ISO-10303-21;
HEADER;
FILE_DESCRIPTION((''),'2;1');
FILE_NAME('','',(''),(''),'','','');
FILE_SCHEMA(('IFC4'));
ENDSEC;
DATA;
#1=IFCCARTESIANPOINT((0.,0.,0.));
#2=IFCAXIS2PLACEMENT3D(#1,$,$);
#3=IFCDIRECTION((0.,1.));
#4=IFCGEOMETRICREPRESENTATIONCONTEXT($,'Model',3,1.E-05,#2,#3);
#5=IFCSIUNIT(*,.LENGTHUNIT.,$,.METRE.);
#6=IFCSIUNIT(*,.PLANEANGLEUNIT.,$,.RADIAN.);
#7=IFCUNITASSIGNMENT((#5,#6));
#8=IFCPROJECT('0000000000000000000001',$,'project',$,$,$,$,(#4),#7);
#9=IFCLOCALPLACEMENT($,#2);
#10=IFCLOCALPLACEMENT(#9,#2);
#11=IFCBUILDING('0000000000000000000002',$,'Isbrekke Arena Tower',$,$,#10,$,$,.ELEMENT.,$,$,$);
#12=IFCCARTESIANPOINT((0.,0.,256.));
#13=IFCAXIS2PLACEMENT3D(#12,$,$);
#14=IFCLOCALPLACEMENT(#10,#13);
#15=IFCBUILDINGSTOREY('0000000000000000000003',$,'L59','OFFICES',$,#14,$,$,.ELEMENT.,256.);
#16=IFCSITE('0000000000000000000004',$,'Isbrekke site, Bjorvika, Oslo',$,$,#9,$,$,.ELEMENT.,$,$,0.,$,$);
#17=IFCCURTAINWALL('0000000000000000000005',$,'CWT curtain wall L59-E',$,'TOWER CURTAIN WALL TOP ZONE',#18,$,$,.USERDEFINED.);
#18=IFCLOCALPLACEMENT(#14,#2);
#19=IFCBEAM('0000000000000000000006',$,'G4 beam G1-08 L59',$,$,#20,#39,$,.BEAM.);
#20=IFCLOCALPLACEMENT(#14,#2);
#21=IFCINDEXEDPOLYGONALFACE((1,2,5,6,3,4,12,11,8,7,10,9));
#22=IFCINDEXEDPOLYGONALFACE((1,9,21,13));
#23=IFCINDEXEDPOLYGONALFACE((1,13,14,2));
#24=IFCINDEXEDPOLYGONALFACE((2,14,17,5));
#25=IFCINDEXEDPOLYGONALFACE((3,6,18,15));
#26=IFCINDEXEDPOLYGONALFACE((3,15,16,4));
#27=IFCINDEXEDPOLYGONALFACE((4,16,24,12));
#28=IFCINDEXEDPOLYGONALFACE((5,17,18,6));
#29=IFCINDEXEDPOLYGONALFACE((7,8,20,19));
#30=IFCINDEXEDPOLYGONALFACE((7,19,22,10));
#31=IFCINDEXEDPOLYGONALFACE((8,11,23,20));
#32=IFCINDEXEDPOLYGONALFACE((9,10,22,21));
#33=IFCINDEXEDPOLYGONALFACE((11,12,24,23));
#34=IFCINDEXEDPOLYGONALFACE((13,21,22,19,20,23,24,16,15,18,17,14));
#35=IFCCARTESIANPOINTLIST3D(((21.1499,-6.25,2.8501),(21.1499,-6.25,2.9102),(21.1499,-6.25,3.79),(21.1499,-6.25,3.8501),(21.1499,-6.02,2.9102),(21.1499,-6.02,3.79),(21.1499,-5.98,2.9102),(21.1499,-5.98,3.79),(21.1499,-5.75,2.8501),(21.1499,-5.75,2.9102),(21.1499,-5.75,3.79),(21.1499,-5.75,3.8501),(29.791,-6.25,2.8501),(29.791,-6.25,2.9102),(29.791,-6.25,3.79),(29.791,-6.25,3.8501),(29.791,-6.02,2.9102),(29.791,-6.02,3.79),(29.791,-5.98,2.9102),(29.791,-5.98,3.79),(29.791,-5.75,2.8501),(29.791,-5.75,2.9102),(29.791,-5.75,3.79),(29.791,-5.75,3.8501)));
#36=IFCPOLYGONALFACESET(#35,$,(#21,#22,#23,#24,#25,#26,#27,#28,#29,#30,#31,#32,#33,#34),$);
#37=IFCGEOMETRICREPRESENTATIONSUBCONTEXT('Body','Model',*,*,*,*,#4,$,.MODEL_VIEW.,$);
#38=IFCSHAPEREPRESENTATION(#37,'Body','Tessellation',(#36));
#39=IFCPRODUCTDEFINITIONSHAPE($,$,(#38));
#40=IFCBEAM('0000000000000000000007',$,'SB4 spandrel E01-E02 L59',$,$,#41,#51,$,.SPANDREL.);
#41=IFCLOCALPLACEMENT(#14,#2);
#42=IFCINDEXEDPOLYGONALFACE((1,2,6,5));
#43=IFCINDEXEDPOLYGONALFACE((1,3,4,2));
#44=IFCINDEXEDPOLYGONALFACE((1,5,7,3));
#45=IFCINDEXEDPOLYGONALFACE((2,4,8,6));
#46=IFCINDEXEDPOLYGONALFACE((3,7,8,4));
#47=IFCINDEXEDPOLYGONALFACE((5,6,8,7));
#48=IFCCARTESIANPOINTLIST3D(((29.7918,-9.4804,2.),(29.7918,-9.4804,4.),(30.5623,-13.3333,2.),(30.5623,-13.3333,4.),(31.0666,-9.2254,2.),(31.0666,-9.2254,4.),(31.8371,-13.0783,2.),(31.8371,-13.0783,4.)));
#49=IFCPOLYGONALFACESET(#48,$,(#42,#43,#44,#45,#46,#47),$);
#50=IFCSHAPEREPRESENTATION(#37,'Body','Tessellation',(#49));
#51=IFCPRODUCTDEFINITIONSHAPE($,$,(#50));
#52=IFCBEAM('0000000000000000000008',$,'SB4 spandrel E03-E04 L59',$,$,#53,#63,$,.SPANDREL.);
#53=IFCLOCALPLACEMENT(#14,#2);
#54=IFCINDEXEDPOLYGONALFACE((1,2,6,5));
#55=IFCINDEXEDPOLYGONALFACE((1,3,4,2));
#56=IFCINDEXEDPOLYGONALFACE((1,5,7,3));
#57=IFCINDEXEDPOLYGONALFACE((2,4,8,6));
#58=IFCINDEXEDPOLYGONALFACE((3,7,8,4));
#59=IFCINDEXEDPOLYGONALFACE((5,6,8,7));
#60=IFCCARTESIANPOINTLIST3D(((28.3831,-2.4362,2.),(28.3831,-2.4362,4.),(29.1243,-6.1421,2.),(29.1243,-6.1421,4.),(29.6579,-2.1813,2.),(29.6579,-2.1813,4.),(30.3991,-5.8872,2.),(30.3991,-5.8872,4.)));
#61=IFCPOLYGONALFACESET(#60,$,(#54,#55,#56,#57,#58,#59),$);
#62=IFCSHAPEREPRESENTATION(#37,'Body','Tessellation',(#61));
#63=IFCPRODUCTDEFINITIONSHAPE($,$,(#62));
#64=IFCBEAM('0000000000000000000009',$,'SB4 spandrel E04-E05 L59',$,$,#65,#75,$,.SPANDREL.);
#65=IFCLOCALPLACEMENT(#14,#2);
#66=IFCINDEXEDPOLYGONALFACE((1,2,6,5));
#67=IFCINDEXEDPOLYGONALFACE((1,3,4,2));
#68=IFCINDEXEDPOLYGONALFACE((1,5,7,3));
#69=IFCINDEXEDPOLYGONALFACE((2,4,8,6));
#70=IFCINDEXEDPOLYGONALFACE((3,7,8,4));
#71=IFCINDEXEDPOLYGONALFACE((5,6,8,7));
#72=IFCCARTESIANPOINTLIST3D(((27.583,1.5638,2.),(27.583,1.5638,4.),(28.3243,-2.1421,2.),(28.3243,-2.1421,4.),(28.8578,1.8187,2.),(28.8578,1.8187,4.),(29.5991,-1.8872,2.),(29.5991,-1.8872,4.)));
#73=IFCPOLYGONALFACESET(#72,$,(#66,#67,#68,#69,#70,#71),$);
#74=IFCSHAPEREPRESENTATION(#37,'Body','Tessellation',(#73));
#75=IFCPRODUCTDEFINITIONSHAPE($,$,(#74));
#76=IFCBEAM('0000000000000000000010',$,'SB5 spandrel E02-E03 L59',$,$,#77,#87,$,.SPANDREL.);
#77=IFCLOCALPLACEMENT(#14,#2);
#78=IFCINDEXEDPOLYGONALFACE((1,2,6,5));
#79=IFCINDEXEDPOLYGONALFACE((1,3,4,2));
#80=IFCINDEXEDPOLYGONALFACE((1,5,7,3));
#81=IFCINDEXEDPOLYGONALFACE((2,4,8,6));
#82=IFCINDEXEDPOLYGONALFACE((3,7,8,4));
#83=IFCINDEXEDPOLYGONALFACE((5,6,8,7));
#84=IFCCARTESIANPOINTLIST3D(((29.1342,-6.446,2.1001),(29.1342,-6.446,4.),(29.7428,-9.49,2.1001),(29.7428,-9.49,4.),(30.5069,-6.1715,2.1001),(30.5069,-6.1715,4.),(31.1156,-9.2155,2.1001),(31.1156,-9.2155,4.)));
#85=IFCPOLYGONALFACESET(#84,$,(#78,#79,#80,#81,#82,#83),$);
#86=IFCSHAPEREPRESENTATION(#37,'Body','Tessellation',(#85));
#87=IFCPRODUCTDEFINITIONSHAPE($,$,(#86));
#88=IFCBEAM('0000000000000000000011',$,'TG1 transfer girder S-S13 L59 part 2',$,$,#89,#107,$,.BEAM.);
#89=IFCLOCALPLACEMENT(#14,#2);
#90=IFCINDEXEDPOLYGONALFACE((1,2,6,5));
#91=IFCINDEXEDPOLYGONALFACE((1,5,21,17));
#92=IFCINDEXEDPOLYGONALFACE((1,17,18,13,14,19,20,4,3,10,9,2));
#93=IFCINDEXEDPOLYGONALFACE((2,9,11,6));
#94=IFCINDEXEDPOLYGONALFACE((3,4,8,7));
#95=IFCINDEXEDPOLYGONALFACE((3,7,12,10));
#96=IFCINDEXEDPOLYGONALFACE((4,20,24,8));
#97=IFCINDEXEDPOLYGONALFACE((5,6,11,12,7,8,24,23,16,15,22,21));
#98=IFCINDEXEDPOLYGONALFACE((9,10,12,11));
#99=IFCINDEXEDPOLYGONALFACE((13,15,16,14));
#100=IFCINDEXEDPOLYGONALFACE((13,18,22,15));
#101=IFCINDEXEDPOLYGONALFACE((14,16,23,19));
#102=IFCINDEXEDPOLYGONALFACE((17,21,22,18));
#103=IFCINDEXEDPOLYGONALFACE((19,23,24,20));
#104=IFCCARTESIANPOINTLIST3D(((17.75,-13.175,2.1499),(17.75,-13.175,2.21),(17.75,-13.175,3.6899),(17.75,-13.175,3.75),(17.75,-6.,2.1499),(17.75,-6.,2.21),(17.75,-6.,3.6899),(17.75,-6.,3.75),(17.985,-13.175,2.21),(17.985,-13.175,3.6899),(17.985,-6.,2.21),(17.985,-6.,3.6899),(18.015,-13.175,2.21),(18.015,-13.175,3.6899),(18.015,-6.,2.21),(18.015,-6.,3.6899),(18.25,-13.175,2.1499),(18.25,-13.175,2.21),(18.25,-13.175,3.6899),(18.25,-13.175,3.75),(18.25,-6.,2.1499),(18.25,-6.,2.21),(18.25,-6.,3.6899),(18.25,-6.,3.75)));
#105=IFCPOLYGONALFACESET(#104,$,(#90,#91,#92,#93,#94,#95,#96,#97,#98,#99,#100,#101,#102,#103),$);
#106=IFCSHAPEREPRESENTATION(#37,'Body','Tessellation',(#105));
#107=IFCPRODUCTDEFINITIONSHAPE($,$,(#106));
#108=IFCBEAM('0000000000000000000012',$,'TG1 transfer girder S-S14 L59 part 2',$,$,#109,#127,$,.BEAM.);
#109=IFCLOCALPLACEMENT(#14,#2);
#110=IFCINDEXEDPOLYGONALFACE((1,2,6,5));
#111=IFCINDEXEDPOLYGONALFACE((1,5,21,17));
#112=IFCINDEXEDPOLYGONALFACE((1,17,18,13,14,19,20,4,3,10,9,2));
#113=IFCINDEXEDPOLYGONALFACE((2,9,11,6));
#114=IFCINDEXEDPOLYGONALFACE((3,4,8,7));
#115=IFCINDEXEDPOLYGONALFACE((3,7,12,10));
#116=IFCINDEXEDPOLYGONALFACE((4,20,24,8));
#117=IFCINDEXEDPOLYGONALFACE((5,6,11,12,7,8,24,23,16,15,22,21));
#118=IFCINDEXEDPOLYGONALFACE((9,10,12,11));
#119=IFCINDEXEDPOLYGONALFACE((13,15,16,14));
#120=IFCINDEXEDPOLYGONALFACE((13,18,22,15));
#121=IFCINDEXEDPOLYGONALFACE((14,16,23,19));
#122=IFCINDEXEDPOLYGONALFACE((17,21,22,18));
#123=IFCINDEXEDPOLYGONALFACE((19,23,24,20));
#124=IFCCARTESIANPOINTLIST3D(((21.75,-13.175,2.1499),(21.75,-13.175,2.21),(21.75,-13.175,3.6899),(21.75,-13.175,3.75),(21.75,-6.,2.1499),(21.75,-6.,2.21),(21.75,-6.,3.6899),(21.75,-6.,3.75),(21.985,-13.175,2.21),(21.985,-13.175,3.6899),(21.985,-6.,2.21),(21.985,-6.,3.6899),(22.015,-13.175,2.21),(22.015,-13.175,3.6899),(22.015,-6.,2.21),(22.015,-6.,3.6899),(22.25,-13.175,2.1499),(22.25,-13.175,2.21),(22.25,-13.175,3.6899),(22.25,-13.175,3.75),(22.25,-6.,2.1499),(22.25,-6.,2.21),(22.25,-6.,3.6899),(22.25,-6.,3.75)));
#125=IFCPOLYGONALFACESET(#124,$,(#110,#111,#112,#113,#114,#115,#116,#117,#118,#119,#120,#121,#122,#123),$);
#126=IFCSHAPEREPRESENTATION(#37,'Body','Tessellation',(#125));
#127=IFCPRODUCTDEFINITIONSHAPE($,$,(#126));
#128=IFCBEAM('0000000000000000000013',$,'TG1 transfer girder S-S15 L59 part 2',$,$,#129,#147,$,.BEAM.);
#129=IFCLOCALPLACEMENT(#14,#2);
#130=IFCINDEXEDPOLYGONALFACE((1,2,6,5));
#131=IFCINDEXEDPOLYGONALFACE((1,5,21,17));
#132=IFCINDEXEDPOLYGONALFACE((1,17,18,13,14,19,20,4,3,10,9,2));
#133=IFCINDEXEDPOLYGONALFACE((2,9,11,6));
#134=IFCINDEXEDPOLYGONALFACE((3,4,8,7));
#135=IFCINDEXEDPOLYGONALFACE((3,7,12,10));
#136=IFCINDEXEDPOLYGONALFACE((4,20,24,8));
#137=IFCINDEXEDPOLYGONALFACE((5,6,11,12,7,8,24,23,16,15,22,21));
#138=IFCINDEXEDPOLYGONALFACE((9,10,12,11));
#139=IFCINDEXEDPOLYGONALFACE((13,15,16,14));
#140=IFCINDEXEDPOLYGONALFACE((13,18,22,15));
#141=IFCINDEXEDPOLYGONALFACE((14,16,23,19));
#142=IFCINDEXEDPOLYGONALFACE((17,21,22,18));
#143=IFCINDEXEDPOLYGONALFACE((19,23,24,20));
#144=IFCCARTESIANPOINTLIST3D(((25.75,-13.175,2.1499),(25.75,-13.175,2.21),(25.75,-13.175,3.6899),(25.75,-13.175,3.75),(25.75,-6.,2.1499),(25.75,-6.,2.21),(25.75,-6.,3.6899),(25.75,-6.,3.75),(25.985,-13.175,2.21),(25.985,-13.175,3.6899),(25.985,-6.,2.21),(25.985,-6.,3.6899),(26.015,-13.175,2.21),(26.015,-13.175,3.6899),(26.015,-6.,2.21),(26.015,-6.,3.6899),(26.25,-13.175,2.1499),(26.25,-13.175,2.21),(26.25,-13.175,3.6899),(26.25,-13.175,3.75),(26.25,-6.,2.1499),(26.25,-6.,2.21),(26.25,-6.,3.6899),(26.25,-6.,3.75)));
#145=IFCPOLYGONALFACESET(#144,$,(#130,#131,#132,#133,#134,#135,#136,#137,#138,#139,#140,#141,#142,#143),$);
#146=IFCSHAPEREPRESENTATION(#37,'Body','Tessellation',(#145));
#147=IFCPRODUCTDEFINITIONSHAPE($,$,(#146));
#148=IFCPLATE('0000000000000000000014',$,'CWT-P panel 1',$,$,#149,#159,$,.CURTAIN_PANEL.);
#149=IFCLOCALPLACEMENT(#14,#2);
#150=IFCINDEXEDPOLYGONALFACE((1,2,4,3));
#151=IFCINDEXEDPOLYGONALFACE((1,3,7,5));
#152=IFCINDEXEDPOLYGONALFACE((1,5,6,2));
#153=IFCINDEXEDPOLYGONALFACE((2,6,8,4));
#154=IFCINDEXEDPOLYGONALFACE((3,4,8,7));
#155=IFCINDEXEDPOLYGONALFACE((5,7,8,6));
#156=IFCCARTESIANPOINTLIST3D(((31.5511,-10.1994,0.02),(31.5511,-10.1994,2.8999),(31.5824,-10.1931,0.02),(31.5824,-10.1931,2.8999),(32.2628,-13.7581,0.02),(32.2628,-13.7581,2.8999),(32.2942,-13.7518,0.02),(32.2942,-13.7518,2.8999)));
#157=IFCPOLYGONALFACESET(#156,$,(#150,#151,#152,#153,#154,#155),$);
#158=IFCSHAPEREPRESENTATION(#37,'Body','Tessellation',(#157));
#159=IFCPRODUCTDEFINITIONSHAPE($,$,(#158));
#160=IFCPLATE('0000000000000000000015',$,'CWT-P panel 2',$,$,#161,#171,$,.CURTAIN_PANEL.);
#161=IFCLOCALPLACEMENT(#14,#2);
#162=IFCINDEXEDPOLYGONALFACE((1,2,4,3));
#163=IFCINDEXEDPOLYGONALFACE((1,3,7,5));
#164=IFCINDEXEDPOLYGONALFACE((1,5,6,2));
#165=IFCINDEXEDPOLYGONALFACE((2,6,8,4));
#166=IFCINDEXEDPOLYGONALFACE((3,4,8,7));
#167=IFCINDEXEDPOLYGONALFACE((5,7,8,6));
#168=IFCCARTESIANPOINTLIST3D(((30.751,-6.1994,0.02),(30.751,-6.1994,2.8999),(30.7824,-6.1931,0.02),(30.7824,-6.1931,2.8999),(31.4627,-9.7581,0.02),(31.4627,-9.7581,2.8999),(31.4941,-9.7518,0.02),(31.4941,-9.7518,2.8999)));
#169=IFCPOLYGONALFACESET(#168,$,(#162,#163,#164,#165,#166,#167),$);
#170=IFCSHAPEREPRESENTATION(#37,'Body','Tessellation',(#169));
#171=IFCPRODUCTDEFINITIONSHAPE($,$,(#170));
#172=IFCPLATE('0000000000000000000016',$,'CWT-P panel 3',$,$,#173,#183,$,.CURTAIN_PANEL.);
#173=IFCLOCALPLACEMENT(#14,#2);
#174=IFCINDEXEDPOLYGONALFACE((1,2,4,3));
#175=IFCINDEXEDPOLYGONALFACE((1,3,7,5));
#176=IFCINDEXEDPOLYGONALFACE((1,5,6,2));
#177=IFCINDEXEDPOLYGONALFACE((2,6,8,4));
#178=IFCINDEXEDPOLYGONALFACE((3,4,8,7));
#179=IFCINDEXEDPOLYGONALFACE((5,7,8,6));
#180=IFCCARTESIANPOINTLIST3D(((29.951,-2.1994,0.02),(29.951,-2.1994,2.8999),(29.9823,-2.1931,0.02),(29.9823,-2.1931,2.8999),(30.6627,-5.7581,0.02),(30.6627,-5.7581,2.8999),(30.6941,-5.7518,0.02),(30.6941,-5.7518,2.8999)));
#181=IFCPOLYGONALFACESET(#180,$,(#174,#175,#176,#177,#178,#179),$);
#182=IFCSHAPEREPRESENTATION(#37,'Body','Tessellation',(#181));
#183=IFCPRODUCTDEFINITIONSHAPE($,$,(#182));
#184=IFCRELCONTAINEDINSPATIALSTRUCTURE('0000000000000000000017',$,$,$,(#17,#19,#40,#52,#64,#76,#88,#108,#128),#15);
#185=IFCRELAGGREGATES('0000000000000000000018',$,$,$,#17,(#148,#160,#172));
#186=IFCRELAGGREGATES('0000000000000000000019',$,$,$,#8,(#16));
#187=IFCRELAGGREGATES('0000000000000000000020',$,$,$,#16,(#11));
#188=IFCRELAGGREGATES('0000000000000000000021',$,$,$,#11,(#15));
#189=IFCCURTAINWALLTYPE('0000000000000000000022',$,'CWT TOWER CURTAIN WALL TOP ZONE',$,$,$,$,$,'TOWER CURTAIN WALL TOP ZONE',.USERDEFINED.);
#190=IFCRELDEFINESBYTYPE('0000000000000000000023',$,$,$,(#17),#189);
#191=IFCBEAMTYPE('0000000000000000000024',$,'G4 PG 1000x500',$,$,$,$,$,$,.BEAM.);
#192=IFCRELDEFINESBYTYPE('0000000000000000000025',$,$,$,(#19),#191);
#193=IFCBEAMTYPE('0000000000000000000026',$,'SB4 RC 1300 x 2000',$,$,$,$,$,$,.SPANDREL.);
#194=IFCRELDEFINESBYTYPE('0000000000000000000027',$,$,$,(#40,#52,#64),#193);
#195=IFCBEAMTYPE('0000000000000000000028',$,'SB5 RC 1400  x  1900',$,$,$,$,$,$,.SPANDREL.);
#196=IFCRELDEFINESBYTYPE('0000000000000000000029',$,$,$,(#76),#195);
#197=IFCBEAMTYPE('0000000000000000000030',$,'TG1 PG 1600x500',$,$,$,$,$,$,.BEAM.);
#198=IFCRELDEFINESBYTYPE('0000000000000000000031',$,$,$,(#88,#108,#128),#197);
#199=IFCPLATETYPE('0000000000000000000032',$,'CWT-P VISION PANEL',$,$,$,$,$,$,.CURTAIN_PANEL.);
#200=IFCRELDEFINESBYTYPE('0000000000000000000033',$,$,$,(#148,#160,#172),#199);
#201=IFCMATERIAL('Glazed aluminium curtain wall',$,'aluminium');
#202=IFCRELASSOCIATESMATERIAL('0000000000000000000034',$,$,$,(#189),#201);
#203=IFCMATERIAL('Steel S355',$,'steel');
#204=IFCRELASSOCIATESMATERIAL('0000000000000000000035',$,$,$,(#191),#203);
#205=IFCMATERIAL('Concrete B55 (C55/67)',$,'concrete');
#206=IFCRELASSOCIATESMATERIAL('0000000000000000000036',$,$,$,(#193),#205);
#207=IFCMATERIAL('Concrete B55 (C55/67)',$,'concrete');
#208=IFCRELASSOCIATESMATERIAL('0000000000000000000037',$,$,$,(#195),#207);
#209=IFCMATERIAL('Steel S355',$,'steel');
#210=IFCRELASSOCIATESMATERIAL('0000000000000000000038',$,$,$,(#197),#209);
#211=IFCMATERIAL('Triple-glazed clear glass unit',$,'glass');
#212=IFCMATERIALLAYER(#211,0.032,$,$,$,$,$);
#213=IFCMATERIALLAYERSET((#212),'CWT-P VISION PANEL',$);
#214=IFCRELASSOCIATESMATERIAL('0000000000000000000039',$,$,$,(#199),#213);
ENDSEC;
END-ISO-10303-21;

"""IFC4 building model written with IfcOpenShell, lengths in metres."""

from ifc_helpers import new_model, si_unit, direction, frame, origin, origin_2d, place, context, subcontext, project, spatial, rectangle, i_section, extrude, material, layer, layer_set, material_profile, profile_set, type_object, element, aggregate, save


model = new_model("IFC4")

# Units and contexts
model_context = context("Model", 3, precision=1e-05, world=origin(), true_north=direction((0.0, 1.0)))
body_context = subcontext(model_context, "Body", "Model", "MODEL_VIEW")
ifc_project = project(units=[si_unit("LENGTHUNIT", "METRE"), si_unit("PLANEANGLEUNIT", "RADIAN")], contexts=[model_context])

# Site, building, storey
site_placement = place(None, origin())
site = spatial("IfcSite", under=ifc_project, at=site_placement, Name="Isbrekke site, Bjorvika, Oslo", CompositionType="ELEMENT", RefElevation=0.0)
building_placement = place(site_placement, origin())
building = spatial("IfcBuilding", under=site, at=building_placement, Name="Isbrekke Arena Tower", CompositionType="ELEMENT")
storey_placement = place(building_placement, frame((0.0, 0.0, 256.0)))
storey = spatial("IfcBuildingStorey", under=building, at=storey_placement, Name="L59", Description="OFFICES", CompositionType="ELEMENT", Elevation=256.0)

# Curtain wall
ifc_material_1 = material(Name="Glazed aluminium curtain wall", Category="aluminium")
curtain_wall_type = type_object("IfcCurtainWallType", Name="CWT TOWER CURTAIN WALL TOP ZONE", ElementType="TOWER CURTAIN WALL TOP ZONE", PredefinedType="USERDEFINED", material=ifc_material_1)
curtain_wall_placement = place(storey_placement, origin())
curtain_wall = element("IfcCurtainWall", 1, at=curtain_wall_placement, inside=storey, type_object=curtain_wall_type, Name="CWT curtain wall L59-E", ObjectType="TOWER CURTAIN WALL TOP ZONE", PredefinedType="USERDEFINED")

# Beams
ifc_material_2 = material(Name="Steel S355", Category="steel")
ifc_material_profile_1 = material_profile(ifc_material_2, i_section(OverallWidth=0.5, OverallDepth=1.0, WebThickness=0.04, FlangeThickness=0.0601, at=origin_2d()), Name="PG 1000x500")
ifc_profile_set_1 = profile_set([ifc_material_profile_1], Name="Steel S355")
beam_type_1 = type_object("IfcBeamType", Name="G4 PG 1000x500", PredefinedType="BEAM", material=ifc_profile_set_1)
beam_1_placement = place(storey_placement, frame((21.1499, -6.0, 3.3501), z_axis=(1.0, 0.0, 0.0), x_axis=(0.0, 1.0, 0.0)))
element("IfcBeam", 2, at=beam_1_placement, inside=storey, type_object=beam_type_1, Name="G4 beam G1-08 L59", PredefinedType="BEAM", context=body_context, shape_type="SweptSolid", body=[
    extrude(i_section(OverallWidth=0.5, OverallDepth=1.0, WebThickness=0.04, FlangeThickness=0.0601, at=origin_2d()), origin(), (0.0, 0.0, 1.0), 8.6411),
])
ifc_material_3 = material(Name="Concrete B55 (C55/67)", Category="concrete")
ifc_material_profile_2 = material_profile(ifc_material_3, rectangle(XDim=1.3, YDim=2.0, at=origin_2d()), Name="RC 1300x2000")
ifc_profile_set_2 = profile_set([ifc_material_profile_2], Name="Concrete B55 (C55/67)")
beam_type_2 = type_object("IfcBeamType", Name="SB4 RC 1300 x 2000", PredefinedType="SPANDREL", material=ifc_profile_set_2)
beam_2_placement = place(storey_placement, frame((31.1997, -13.2058, 3.0), z_axis=(-0.196092, 0.980585, 0.0), x_axis=(-0.980585, -0.196092, 0.0)))
element("IfcBeam", 3, at=beam_2_placement, inside=storey, type_object=beam_type_2, Name="SB4 spandrel E01-E02 L59", PredefinedType="SPANDREL", context=body_context, shape_type="SweptSolid", body=[
    extrude(rectangle(XDim=1.3, YDim=2.0, at=origin_2d()), origin(), (0.0, 0.0, 1.0), 3.9292),
])
for number, where, z_axis, x_axis, name in (
    (4, (29.7617, -6.0146, 3.0), (-0.196129, 0.980578, 0.0), (-0.980578, -0.196129, 0.0), "SB4 spandrel E03-E04 L59"),
    (5, (28.9617, -2.0146, 3.0), (-0.196129, 0.980578, 0.0), (-0.980578, -0.196129, 0.0), "SB4 spandrel E04-E05 L59"),
):
    element("IfcBeam", number, at=place(storey_placement, frame(where, z_axis=z_axis, x_axis=x_axis)), inside=storey, type_object=beam_type_2, Name=name, PredefinedType="SPANDREL", context=body_context, shape_type="SweptSolid", body=[
        extrude(rectangle(XDim=1.3, YDim=2.0, at=origin_2d()), origin(), (0.0, 0.0, 1.0), 3.7793),
    ])
ifc_material_4 = material(Name="Concrete B55 (C55/67)", Category="concrete")
ifc_material_profile_3 = material_profile(ifc_material_4, rectangle(XDim=1.3999, YDim=1.8999, at=origin_2d()), Name="RC 1400 x 1900")
ifc_profile_set_3 = profile_set([ifc_material_profile_3], Name="Concrete B55 (C55/67)")
beam_type_3 = type_object("IfcBeamType", Name="SB5 RC 1400  x  1900", PredefinedType="SPANDREL", material=ifc_profile_set_3)
beam_3_placement = place(storey_placement, frame((30.4292, -9.3528, 3.05), z_axis=(-0.196071, 0.98059, 0.0), x_axis=(-0.98059, -0.196071, 0.0)))
element("IfcBeam", 6, at=beam_3_placement, inside=storey, type_object=beam_type_3, Name="SB5 spandrel E02-E03 L59", PredefinedType="SPANDREL", context=body_context, shape_type="SweptSolid", body=[
    extrude(rectangle(XDim=1.3999, YDim=1.8999, at=origin_2d()), origin(), (0.0, 0.0, 1.0), 3.1042),
])
ifc_material_5 = material(Name="Steel S355", Category="steel")
ifc_material_profile_4 = material_profile(ifc_material_5, i_section(OverallWidth=0.5, OverallDepth=1.6001, WebThickness=0.03, FlangeThickness=0.0601, at=origin_2d()), Name="PG 1600x500")
ifc_profile_set_4 = profile_set([ifc_material_profile_4], Name="Steel S355")
beam_type_4 = type_object("IfcBeamType", Name="TG1 PG 1600x500", PredefinedType="BEAM", material=ifc_profile_set_4)
for number, where, z_axis, x_axis, name in (
    (7, (18.0, -13.175, 2.95), (0.0, 1.0, 0.0), (-1.0, 0.0, 0.0), "TG1 transfer girder S-S13 L59 part 2"),
    (8, (22.0, -13.175, 2.95), (0.0, 1.0, 0.0), (-1.0, 0.0, 0.0), "TG1 transfer girder S-S14 L59 part 2"),
    (9, (26.0, -13.175, 2.95), (0.0, 1.0, 0.0), (-1.0, 0.0, 0.0), "TG1 transfer girder S-S15 L59 part 2"),
):
    element("IfcBeam", number, at=place(storey_placement, frame(where, z_axis=z_axis, x_axis=x_axis)), inside=storey, type_object=beam_type_4, Name=name, PredefinedType="BEAM", context=body_context, shape_type="SweptSolid", body=[
        extrude(i_section(OverallWidth=0.5, OverallDepth=1.6001, WebThickness=0.03, FlangeThickness=0.0601, at=origin_2d()), origin(), (0.0, 0.0, 1.0), 7.175),
    ])

# Plates
ifc_material_6 = material(Name="Triple-glazed clear glass unit", Category="glass")
ifc_layer_1 = layer(ifc_material_6, 0.032)
ifc_layer_set_1 = layer_set([ifc_layer_1], Name="CWT-P VISION PANEL")
plate_type = type_object("IfcPlateType", Name="CWT-P VISION PANEL", PredefinedType="CURTAIN_PANEL", material=ifc_layer_set_1)
plate_1_placement = place(storey_placement, frame((31.9226, -11.9756, 0.02), z_axis=(0.0, 0.0, 1.0), x_axis=(-0.196116, 0.980581, 0.0)))
plate_1 = element("IfcPlate", 10, at=plate_1_placement, type_object=plate_type, Name="CWT-P panel 1", PredefinedType="CURTAIN_PANEL", context=body_context, shape_type="SweptSolid", body=[
    extrude(rectangle(XDim=3.6292, YDim=0.032, at=origin_2d()), origin(), (0.0, 0.0, 1.0), 2.8799),
])
plate_2_placement = place(storey_placement, frame((31.1226, -7.9756, 0.02), z_axis=(0.0, 0.0, 1.0), x_axis=(-0.196116, 0.980581, 0.0)))
plate_2 = element("IfcPlate", 11, at=plate_2_placement, type_object=plate_type, Name="CWT-P panel 2", PredefinedType="CURTAIN_PANEL", context=body_context, shape_type="SweptSolid", body=[
    extrude(rectangle(XDim=3.6292, YDim=0.032, at=origin_2d()), origin(), (0.0, 0.0, 1.0), 2.8799),
])
plate_3_placement = place(storey_placement, frame((30.3225, -3.9756, 0.02), z_axis=(0.0, 0.0, 1.0), x_axis=(-0.196116, 0.980581, 0.0)))
plate_3 = element("IfcPlate", 12, at=plate_3_placement, type_object=plate_type, Name="CWT-P panel 3", PredefinedType="CURTAIN_PANEL", context=body_context, shape_type="SweptSolid", body=[
    extrude(rectangle(XDim=3.6292, YDim=0.032, at=origin_2d()), origin(), (0.0, 0.0, 1.0), 2.8799),
])
aggregate(curtain_wall, [plate_1, plate_2, plate_3])

save(model, "model.ifc")
